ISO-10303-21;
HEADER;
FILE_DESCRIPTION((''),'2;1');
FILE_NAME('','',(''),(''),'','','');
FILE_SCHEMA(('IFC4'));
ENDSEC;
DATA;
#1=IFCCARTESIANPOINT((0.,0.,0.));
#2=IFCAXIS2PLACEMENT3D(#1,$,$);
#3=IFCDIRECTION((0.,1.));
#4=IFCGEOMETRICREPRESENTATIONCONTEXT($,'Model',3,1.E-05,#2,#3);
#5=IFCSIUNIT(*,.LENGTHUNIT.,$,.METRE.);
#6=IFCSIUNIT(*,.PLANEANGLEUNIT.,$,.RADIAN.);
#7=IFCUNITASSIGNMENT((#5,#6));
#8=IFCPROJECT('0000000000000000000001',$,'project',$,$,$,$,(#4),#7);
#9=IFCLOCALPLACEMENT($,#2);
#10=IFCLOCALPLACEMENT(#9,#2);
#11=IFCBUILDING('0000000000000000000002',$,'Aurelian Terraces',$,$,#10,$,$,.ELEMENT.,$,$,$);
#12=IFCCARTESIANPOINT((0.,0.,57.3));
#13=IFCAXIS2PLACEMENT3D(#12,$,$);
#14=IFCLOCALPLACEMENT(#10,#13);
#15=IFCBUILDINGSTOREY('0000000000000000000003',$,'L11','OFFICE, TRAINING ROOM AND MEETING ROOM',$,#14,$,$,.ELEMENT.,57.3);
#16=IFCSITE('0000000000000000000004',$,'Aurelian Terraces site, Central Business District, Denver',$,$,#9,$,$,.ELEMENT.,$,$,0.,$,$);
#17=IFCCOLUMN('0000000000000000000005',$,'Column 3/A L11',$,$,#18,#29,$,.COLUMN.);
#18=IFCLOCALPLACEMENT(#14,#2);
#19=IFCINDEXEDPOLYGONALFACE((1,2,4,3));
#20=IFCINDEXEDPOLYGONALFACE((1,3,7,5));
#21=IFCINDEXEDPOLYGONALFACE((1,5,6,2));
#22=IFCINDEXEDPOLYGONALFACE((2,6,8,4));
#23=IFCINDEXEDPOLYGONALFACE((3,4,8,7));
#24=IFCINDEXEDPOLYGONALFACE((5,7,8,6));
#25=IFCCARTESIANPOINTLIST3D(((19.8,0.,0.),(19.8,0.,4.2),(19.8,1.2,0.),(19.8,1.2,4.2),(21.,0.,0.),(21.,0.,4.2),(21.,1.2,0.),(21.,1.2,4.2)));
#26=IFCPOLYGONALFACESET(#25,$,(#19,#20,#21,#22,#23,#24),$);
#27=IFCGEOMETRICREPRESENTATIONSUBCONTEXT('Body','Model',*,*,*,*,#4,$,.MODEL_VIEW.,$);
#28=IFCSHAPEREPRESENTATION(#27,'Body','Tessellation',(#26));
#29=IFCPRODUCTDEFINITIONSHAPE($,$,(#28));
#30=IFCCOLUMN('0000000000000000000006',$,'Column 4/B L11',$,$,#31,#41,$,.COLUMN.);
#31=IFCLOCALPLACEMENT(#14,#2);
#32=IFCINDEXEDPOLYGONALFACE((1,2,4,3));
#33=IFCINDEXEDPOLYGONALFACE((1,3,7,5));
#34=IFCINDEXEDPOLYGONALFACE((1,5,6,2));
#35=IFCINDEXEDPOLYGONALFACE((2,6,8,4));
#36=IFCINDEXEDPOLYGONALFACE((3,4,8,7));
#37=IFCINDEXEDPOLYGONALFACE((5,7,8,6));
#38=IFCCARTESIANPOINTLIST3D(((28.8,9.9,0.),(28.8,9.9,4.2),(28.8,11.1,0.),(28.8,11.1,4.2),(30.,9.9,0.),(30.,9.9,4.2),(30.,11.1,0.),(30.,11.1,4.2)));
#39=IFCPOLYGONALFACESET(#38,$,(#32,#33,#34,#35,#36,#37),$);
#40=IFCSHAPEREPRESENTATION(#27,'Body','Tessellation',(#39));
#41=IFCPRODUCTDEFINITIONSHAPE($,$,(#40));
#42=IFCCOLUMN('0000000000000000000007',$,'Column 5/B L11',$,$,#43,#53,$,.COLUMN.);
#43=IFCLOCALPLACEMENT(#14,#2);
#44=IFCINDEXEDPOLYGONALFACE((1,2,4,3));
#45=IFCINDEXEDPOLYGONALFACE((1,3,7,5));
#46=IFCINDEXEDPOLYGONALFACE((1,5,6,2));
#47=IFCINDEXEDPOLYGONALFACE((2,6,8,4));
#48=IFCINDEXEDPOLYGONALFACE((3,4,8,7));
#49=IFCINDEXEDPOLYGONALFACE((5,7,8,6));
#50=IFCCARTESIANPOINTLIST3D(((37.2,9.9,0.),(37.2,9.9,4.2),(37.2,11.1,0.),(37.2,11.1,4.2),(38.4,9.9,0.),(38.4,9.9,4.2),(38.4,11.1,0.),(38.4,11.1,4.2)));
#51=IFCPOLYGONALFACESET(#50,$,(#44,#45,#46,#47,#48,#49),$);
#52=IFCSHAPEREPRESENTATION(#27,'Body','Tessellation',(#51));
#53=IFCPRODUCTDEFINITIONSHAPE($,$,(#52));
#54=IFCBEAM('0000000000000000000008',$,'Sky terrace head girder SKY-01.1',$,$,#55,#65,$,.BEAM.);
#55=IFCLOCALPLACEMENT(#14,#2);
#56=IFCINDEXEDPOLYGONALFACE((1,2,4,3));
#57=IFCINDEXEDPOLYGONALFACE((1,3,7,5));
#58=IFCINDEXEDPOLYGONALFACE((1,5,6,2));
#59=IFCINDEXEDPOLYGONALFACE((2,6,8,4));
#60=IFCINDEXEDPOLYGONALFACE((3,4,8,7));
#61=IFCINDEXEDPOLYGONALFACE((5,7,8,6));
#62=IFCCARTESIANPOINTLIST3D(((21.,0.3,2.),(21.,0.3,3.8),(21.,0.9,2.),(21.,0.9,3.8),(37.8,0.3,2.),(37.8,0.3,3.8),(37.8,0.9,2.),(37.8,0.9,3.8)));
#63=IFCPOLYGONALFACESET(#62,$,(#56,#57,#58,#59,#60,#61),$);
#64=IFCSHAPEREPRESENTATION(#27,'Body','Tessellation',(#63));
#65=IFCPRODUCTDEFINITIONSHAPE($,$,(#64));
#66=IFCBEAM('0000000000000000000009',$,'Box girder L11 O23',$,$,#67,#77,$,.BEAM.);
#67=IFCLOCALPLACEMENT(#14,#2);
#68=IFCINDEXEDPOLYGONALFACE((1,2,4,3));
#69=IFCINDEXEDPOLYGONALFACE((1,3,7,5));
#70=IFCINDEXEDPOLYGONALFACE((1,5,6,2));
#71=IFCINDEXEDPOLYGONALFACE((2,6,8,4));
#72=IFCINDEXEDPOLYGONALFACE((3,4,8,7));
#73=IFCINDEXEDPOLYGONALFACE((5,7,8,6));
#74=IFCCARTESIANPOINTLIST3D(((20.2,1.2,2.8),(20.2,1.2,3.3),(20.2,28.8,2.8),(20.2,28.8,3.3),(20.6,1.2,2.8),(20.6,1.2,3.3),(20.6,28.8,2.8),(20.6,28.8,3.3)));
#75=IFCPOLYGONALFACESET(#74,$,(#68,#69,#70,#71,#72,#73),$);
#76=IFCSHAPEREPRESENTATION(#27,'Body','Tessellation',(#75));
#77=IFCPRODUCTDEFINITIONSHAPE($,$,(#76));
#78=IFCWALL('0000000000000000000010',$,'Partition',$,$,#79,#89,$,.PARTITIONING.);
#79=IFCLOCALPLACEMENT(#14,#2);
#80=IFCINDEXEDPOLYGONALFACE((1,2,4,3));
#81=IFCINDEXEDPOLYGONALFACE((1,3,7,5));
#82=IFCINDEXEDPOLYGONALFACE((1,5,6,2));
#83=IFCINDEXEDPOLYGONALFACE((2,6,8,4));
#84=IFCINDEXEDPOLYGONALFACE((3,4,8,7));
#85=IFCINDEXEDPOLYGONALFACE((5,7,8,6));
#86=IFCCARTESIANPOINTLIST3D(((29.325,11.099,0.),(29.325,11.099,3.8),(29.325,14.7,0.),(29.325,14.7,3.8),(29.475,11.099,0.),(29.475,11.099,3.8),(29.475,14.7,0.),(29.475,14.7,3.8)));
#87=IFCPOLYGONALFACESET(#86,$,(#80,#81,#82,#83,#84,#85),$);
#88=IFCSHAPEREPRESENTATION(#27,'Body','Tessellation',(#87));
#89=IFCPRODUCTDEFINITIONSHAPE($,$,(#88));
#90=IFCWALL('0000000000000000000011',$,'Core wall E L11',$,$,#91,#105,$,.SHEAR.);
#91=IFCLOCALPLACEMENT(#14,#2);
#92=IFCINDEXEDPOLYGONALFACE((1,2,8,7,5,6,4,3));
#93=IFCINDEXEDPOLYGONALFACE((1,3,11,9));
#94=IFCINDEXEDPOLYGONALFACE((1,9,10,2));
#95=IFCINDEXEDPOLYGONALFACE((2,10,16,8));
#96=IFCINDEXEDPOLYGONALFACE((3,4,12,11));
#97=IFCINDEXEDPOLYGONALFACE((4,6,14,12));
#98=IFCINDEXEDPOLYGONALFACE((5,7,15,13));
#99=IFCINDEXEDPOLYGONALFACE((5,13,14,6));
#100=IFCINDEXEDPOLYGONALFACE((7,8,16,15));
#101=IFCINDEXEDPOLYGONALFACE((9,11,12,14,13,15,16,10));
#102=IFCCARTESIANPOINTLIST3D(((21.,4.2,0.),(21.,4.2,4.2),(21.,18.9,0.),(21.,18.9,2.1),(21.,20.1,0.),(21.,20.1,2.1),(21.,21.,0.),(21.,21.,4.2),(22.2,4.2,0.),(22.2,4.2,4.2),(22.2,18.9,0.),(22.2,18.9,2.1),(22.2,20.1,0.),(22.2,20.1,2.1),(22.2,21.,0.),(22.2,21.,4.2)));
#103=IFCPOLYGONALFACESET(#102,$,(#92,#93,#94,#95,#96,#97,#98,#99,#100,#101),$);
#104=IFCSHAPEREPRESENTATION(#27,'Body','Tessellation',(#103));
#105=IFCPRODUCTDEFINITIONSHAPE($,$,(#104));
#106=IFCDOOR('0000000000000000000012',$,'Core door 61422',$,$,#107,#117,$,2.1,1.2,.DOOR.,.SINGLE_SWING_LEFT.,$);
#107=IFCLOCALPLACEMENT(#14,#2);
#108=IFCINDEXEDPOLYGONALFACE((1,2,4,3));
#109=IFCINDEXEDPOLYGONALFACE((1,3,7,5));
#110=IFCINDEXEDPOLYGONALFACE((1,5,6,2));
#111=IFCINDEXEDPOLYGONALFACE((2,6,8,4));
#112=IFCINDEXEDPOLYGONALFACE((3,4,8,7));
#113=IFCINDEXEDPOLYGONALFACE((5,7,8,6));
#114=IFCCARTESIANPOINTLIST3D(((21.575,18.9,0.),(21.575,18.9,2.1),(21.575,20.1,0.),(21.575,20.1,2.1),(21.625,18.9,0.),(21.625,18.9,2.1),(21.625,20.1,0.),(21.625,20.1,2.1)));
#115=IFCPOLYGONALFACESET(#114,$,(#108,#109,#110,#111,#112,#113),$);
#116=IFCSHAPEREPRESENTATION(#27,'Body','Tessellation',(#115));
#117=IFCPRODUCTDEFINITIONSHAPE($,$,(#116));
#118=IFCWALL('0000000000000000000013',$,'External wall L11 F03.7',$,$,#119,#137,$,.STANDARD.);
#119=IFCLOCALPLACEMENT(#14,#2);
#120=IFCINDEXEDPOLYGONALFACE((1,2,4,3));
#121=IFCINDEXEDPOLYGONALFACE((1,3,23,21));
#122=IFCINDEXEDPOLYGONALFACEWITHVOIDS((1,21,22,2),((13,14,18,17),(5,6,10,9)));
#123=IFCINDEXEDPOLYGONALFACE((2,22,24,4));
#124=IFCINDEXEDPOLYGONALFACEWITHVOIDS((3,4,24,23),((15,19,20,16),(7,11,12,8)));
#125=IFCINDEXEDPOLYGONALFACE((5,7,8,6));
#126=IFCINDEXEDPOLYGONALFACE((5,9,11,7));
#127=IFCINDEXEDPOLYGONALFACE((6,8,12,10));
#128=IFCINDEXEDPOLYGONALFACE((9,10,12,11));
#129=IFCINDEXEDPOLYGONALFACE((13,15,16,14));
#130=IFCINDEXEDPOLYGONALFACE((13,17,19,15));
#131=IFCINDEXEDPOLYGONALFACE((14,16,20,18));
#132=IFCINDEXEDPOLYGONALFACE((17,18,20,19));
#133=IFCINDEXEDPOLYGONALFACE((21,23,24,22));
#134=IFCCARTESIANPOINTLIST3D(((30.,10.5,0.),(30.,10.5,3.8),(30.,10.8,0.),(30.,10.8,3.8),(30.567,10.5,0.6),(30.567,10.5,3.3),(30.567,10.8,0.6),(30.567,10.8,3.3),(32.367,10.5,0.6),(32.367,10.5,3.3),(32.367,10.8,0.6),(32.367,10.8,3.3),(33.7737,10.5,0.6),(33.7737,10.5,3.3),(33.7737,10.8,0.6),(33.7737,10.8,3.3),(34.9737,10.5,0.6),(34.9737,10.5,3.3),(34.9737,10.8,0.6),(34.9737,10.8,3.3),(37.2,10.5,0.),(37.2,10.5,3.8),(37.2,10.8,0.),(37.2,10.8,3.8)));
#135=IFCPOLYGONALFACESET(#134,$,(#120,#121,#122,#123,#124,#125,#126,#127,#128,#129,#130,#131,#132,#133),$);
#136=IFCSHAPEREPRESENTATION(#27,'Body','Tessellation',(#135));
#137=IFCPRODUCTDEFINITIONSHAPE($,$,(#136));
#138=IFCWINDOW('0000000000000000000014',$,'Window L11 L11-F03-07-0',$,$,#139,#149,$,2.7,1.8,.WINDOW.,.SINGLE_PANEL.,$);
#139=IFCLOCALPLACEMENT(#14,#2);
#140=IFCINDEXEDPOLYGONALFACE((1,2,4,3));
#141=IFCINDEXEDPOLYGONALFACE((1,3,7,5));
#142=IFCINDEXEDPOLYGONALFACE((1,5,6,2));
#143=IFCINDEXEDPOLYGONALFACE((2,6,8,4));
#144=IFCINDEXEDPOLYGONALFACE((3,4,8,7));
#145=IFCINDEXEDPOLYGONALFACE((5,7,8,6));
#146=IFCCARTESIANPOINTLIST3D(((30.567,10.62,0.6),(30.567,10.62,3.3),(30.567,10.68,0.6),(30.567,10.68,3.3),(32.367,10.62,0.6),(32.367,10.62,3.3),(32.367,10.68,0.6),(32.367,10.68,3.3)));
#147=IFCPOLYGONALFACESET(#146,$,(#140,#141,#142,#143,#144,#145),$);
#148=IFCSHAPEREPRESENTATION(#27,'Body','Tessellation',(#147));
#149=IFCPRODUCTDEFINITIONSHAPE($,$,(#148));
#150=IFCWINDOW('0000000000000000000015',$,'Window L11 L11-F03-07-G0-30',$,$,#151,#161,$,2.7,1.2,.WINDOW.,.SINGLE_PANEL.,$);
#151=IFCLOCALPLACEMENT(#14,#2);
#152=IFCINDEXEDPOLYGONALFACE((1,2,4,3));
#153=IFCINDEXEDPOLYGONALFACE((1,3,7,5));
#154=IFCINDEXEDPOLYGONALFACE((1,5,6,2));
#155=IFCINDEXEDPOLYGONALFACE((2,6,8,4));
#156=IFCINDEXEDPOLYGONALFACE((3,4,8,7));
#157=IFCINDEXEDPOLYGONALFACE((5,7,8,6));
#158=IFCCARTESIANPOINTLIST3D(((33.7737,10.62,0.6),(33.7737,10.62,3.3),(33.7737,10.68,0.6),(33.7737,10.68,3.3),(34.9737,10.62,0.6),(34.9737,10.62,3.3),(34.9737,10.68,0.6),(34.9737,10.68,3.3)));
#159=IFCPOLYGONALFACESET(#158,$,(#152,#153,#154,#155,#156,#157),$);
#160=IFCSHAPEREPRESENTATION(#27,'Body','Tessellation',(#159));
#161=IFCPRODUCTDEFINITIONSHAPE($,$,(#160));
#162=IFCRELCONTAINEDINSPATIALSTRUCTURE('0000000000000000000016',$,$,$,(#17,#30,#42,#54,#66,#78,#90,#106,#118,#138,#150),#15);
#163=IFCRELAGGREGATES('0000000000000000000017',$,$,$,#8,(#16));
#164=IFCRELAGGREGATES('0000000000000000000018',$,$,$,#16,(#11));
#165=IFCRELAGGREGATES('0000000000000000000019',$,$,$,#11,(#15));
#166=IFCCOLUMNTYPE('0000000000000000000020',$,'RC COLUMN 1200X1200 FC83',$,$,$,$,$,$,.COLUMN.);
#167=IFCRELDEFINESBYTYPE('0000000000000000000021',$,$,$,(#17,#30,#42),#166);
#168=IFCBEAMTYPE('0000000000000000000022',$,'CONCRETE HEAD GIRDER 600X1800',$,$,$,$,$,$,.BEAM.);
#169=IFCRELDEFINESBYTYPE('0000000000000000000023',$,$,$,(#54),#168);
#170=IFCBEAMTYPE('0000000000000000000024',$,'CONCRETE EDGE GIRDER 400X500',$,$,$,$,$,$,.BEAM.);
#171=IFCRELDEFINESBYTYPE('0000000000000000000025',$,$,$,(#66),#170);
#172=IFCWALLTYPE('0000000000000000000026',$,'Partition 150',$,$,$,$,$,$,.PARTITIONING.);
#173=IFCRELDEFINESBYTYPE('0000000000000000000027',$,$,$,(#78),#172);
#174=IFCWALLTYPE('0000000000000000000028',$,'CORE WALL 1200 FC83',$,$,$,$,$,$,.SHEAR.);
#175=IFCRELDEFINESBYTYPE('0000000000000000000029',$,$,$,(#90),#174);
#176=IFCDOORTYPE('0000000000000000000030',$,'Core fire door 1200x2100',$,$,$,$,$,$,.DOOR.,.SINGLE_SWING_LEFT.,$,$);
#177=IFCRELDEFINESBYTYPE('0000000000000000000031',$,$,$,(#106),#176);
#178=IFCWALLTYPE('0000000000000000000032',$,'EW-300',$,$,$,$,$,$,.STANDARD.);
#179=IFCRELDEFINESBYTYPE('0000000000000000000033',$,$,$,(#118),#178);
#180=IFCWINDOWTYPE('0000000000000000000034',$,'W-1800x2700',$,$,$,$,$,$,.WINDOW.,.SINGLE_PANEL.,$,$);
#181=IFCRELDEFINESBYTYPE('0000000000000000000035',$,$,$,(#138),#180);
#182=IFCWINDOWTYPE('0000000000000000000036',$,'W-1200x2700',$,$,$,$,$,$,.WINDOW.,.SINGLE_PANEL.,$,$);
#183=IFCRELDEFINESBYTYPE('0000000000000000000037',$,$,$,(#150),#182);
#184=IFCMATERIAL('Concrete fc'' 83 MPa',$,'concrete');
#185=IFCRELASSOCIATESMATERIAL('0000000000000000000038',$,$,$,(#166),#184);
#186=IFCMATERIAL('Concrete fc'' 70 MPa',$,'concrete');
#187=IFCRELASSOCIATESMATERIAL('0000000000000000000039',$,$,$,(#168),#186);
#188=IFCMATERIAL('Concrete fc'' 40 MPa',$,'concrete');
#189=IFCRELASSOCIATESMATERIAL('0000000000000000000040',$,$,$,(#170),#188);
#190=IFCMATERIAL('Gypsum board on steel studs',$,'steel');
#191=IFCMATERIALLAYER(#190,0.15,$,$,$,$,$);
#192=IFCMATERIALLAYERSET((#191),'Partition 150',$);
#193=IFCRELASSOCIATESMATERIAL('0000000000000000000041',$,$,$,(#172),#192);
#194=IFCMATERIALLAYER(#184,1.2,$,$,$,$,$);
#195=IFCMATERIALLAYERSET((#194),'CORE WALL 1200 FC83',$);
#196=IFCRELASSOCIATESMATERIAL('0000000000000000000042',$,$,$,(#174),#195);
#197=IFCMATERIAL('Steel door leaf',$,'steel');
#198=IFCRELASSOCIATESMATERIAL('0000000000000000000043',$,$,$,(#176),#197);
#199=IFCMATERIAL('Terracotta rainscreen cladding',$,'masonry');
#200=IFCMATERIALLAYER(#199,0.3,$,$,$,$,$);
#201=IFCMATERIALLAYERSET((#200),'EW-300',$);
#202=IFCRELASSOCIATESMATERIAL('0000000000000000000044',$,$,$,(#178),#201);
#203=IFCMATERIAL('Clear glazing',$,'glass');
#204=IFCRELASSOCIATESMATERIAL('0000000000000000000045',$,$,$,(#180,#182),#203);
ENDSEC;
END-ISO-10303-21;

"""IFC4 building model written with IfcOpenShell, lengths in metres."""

from ifc_helpers import new_model, si_unit, direction, frame, frame_2d, origin, origin_2d, place, context, subcontext, project, spatial, rectangle, extrude, source, transform, mapped, material, layer, layer_set, material_profile, profile_set, type_object, element, fill, save


model = new_model("IFC4")

# Units and contexts
model_context = context("Model", 3, precision=1e-05, world=origin(), true_north=direction((0.0, 1.0)))
body_context = subcontext(model_context, "Body", "Model", "MODEL_VIEW")
ifc_project = project(units=[si_unit("LENGTHUNIT", "METRE"), si_unit("PLANEANGLEUNIT", "RADIAN")], contexts=[model_context])

# Site, building, storey
site_placement = place(None, origin())
site = spatial("IfcSite", under=ifc_project, at=site_placement, Name="Aurelian Terraces site, Central Business District, Denver", CompositionType="ELEMENT", RefElevation=0.0)
building_placement = place(site_placement, origin())
building = spatial("IfcBuilding", under=site, at=building_placement, Name="Aurelian Terraces", CompositionType="ELEMENT")
storey_placement = place(building_placement, frame((0.0, 0.0, 57.3)))
storey = spatial("IfcBuildingStorey", under=building, at=storey_placement, Name="L11", Description="OFFICE, TRAINING ROOM AND MEETING ROOM", CompositionType="ELEMENT", Elevation=57.3)

# Columns
ifc_material_1 = material(Name="Concrete fc' 83 MPa", Category="concrete")
ifc_material_profile_1 = material_profile(ifc_material_1, rectangle(XDim=1.2, YDim=1.2, at=origin_2d()))
ifc_profile_set_1 = profile_set([ifc_material_profile_1], Name="Concrete fc' 83 MPa")
column_type = type_object("IfcColumnType", Name="RC COLUMN 1200X1200 FC83", PredefinedType="COLUMN", material=ifc_profile_set_1)
shared_shape_1 = source(origin(), body_context, "Body", "SweptSolid", [
    extrude(rectangle(XDim=1.2, YDim=1.2, at=origin_2d()), origin(), (0.0, 0.0, 1.0), 4.2),
])
for number, where, z_axis, x_axis, name in (
    (1, (20.4, 0.6, 0.0), (0.0, 0.0, 1.0), (1.0, 0.0, 0.0), "Column 3/A L11"),
    (2, (29.4, 10.5, 0.0), (0.0, 0.0, 1.0), (1.0, 0.0, 0.0), "Column 4/B L11"),
    (3, (37.8, 10.5, 0.0), (0.0, 0.0, 1.0), (1.0, 0.0, 0.0), "Column 5/B L11"),
):
    element("IfcColumn", number, at=place(storey_placement, frame(where, z_axis=z_axis, x_axis=x_axis)), inside=storey, type_object=column_type, Name=name, PredefinedType="COLUMN", context=body_context, shape_type="MappedRepresentation", body=[
        mapped(shared_shape_1, transform((0.0, 0.0, 0.0), scale=1.0)),
    ])

# Beams
ifc_material_2 = material(Name="Concrete fc' 70 MPa", Category="concrete")
ifc_material_profile_2 = material_profile(ifc_material_2, rectangle(XDim=0.6, YDim=1.8, at=origin_2d()))
ifc_profile_set_2 = profile_set([ifc_material_profile_2], Name="Concrete fc' 70 MPa")
beam_type_1 = type_object("IfcBeamType", Name="CONCRETE HEAD GIRDER 600X1800", PredefinedType="BEAM", material=ifc_profile_set_2)
beam_1_placement = place(storey_placement, frame((21.0, 0.6, 2.9), z_axis=(1.0, 0.0, 0.0), x_axis=(0.0, 1.0, 0.0)))
element("IfcBeam", 4, at=beam_1_placement, inside=storey, type_object=beam_type_1, Name="Sky terrace head girder SKY-01.1", PredefinedType="BEAM", context=body_context, shape_type="SweptSolid", body=[
    extrude(rectangle(XDim=0.6, YDim=1.8, at=origin_2d()), origin(), (0.0, 0.0, 1.0), 16.8),
])
ifc_material_3 = material(Name="Concrete fc' 40 MPa", Category="concrete")
ifc_material_profile_3 = material_profile(ifc_material_3, rectangle(XDim=0.4, YDim=0.5, at=origin_2d()))
ifc_profile_set_3 = profile_set([ifc_material_profile_3], Name="Concrete fc' 40 MPa")
beam_type_2 = type_object("IfcBeamType", Name="CONCRETE EDGE GIRDER 400X500", PredefinedType="BEAM", material=ifc_profile_set_3)
shared_shape_2 = source(origin(), body_context, "Body", "SweptSolid", [
    extrude(rectangle(XDim=0.4, YDim=0.5, at=origin_2d()), origin(), (0.0, 0.0, 1.0), 27.6),
])
beam_2_placement = place(storey_placement, frame((20.4, 1.2, 3.05), z_axis=(0.0, 1.0, 0.0), x_axis=(-1.0, 0.0, 0.0)))
element("IfcBeam", 5, at=beam_2_placement, inside=storey, type_object=beam_type_2, Name="Box girder L11 O23", PredefinedType="BEAM", context=body_context, shape_type="MappedRepresentation", body=[
    mapped(shared_shape_2, transform((0.0, 0.0, 0.0), scale=1.0)),
])

# Wall
ifc_material_4 = material(Name="Gypsum board on steel studs", Category="steel")
ifc_layer_1 = layer(ifc_material_4, 0.15)
ifc_layer_set_1 = layer_set([ifc_layer_1], Name="Partition 150")
wall_type_1 = type_object("IfcWallType", Name="Partition 150", PredefinedType="PARTITIONING", material=ifc_layer_set_1)
wall_1_placement = place(storey_placement, frame((29.4, 11.099, 0.0), z_axis=(0.0, 0.0, 1.0), x_axis=(0.0, 1.0, 0.0)))
element("IfcWall", 6, at=wall_1_placement, inside=storey, type_object=wall_type_1, Name="Partition", PredefinedType="PARTITIONING", context=body_context, shape_type="SweptSolid", body=[
    extrude(rectangle(XDim=3.601, YDim=0.15, at=frame_2d((1.8005, 0.0))), origin(), (0.0, 0.0, 1.0), 3.8),
])

# Wall, opening, door
ifc_layer_2 = layer(ifc_material_1, 1.2)
ifc_layer_set_2 = layer_set([ifc_layer_2], Name="CORE WALL 1200 FC83")
wall_type_2 = type_object("IfcWallType", Name="CORE WALL 1200 FC83", PredefinedType="SHEAR", material=ifc_layer_set_2)
shared_shape_3 = source(origin(), body_context, "Body", "SweptSolid", [
    extrude(rectangle(XDim=16.8, YDim=1.2, at=frame_2d((8.4, 0.0))), origin(), (0.0, 0.0, 1.0), 4.2),
])
wall_2_placement = place(storey_placement, frame((21.6, 4.2, 0.0), z_axis=(0.0, 0.0, 1.0), x_axis=(0.0, 1.0, 0.0)))
wall_2 = element("IfcWall", 7, at=wall_2_placement, inside=storey, type_object=wall_type_2, Name="Core wall E L11", PredefinedType="SHEAR", context=body_context, shape_type="MappedRepresentation", body=[
    mapped(shared_shape_3, transform((0.0, 0.0, 0.0), scale=1.0)),
])
shared_shape_4 = source(origin(), body_context, "Body", "SweptSolid", [
    extrude(rectangle(XDim=1.2, YDim=2.1, at=frame_2d((0.6, 1.05))), frame((0.0, 0.61, 0.0), z_axis=(0.0, -1.0, 0.0), x_axis=(1.0, 0.0, 0.0)), (0.0, 0.0, 1.0), 1.22),
])
opening_1_placement = place(wall_2_placement, frame((14.7, 0.0, 0.0)))
opening_1 = element("IfcOpeningElement", 8, at=opening_1_placement, cuts=wall_2, PredefinedType="OPENING", context=body_context, shape_type="MappedRepresentation", body=[
    mapped(shared_shape_4, transform((0.0, 0.0, 0.0), scale=1.0)),
])
ifc_material_5 = material(Name="Steel door leaf", Category="steel")
door_type = type_object("IfcDoorType", Name="Core fire door 1200x2100", OperationType="SINGLE_SWING_LEFT", PredefinedType="DOOR", material=ifc_material_5)
shared_shape_5 = source(origin(), body_context, "Body", "SweptSolid", [
    extrude(rectangle(XDim=1.2, YDim=2.1, at=frame_2d((0.6, 1.05))), frame((0.0, 0.025, 0.0), z_axis=(0.0, -1.0, 0.0), x_axis=(1.0, 0.0, 0.0)), (0.0, 0.0, 1.0), 0.05),
])
door_placement = place(opening_1_placement, origin())
door = element("IfcDoor", 9, at=door_placement, inside=storey, type_object=door_type, Name="Core door 61422", OperationType="SINGLE_SWING_LEFT", OverallHeight=2.1, OverallWidth=1.2, PredefinedType="DOOR", context=body_context, shape_type="MappedRepresentation", body=[
    mapped(shared_shape_5, transform((0.0, 0.0, 0.0), scale=1.0)),
])
fill(opening_1, door)

# Wall, openings, windows
ifc_material_6 = material(Name="Terracotta rainscreen cladding", Category="masonry")
ifc_layer_3 = layer(ifc_material_6, 0.3)
ifc_layer_set_3 = layer_set([ifc_layer_3], Name="EW-300")
wall_type_3 = type_object("IfcWallType", Name="EW-300", PredefinedType="STANDARD", material=ifc_layer_set_3)
shared_shape_6 = source(origin(), body_context, "Body", "SweptSolid", [
    extrude(rectangle(XDim=7.2, YDim=0.3, at=frame_2d((3.6, 0.0))), origin(), (0.0, 0.0, 1.0), 3.8),
])
wall_3_placement = place(storey_placement, frame((30.0, 10.65, 0.0), z_axis=(0.0, 0.0, 1.0), x_axis=(1.0, 0.0, 0.0)))
wall_3 = element("IfcWall", 10, at=wall_3_placement, inside=storey, type_object=wall_type_3, Name="External wall L11 F03.7", PredefinedType="STANDARD", context=body_context, shape_type="MappedRepresentation", body=[
    mapped(shared_shape_6, transform((0.0, 0.0, 0.0), scale=1.0)),
])
shared_shape_7 = source(origin(), body_context, "Body", "SweptSolid", [
    extrude(rectangle(XDim=1.8, YDim=2.7, at=frame_2d((0.9, 1.35))), frame((0.0, 0.16, 0.0), z_axis=(0.0, -1.0, 0.0), x_axis=(1.0, 0.0, 0.0)), (0.0, 0.0, 1.0), 0.32),
])
opening_2_placement = place(wall_3_placement, frame((0.567, 0.0, 0.6)))
opening_2 = element("IfcOpeningElement", 11, at=opening_2_placement, cuts=wall_3, PredefinedType="OPENING", context=body_context, shape_type="MappedRepresentation", body=[
    mapped(shared_shape_7, transform((0.0, 0.0, 0.0), scale=1.0)),
])
shared_shape_8 = source(origin(), body_context, "Body", "SweptSolid", [
    extrude(rectangle(XDim=1.2, YDim=2.7, at=frame_2d((0.6, 1.35))), frame((0.0, 0.16, 0.0), z_axis=(0.0, -1.0, 0.0), x_axis=(1.0, 0.0, 0.0)), (0.0, 0.0, 1.0), 0.32),
])
opening_3_placement = place(wall_3_placement, frame((3.7737, 0.0, 0.6)))
opening_3 = element("IfcOpeningElement", 12, at=opening_3_placement, cuts=wall_3, PredefinedType="OPENING", context=body_context, shape_type="MappedRepresentation", body=[
    mapped(shared_shape_8, transform((0.0, 0.0, 0.0), scale=1.0)),
])
ifc_material_7 = material(Name="Clear glazing", Category="glass")
window_type_1 = type_object("IfcWindowType", Name="W-1800x2700", PartitioningType="SINGLE_PANEL", PredefinedType="WINDOW", material=ifc_material_7)
shared_shape_9 = source(origin(), body_context, "Body", "SweptSolid", [
    extrude(rectangle(XDim=1.8, YDim=2.7, at=frame_2d((0.9, 1.35))), frame((0.0, 0.03, 0.0), z_axis=(0.0, -1.0, 0.0), x_axis=(1.0, 0.0, 0.0)), (0.0, 0.0, 1.0), 0.06),
])
window_1_placement = place(opening_2_placement, origin())
window_1 = element("IfcWindow", 13, at=window_1_placement, inside=storey, type_object=window_type_1, Name="Window L11 L11-F03-07-0", OverallHeight=2.7, OverallWidth=1.8, PartitioningType="SINGLE_PANEL", PredefinedType="WINDOW", context=body_context, shape_type="MappedRepresentation", body=[
    mapped(shared_shape_9, transform((0.0, 0.0, 0.0), scale=1.0)),
])
fill(opening_2, window_1)
window_type_2 = type_object("IfcWindowType", Name="W-1200x2700", PartitioningType="SINGLE_PANEL", PredefinedType="WINDOW", material=ifc_material_7)
shared_shape_10 = source(origin(), body_context, "Body", "SweptSolid", [
    extrude(rectangle(XDim=1.2, YDim=2.7, at=frame_2d((0.6, 1.35))), frame((0.0, 0.03, 0.0), z_axis=(0.0, -1.0, 0.0), x_axis=(1.0, 0.0, 0.0)), (0.0, 0.0, 1.0), 0.06),
])
window_2_placement = place(opening_3_placement, origin())
window_2 = element("IfcWindow", 14, at=window_2_placement, inside=storey, type_object=window_type_2, Name="Window L11 L11-F03-07-G0-30", OverallHeight=2.7, OverallWidth=1.2, PartitioningType="SINGLE_PANEL", PredefinedType="WINDOW", context=body_context, shape_type="MappedRepresentation", body=[
    mapped(shared_shape_10, transform((0.0, 0.0, 0.0), scale=1.0)),
])
fill(opening_3, window_2)

save(model, "model.ifc")
